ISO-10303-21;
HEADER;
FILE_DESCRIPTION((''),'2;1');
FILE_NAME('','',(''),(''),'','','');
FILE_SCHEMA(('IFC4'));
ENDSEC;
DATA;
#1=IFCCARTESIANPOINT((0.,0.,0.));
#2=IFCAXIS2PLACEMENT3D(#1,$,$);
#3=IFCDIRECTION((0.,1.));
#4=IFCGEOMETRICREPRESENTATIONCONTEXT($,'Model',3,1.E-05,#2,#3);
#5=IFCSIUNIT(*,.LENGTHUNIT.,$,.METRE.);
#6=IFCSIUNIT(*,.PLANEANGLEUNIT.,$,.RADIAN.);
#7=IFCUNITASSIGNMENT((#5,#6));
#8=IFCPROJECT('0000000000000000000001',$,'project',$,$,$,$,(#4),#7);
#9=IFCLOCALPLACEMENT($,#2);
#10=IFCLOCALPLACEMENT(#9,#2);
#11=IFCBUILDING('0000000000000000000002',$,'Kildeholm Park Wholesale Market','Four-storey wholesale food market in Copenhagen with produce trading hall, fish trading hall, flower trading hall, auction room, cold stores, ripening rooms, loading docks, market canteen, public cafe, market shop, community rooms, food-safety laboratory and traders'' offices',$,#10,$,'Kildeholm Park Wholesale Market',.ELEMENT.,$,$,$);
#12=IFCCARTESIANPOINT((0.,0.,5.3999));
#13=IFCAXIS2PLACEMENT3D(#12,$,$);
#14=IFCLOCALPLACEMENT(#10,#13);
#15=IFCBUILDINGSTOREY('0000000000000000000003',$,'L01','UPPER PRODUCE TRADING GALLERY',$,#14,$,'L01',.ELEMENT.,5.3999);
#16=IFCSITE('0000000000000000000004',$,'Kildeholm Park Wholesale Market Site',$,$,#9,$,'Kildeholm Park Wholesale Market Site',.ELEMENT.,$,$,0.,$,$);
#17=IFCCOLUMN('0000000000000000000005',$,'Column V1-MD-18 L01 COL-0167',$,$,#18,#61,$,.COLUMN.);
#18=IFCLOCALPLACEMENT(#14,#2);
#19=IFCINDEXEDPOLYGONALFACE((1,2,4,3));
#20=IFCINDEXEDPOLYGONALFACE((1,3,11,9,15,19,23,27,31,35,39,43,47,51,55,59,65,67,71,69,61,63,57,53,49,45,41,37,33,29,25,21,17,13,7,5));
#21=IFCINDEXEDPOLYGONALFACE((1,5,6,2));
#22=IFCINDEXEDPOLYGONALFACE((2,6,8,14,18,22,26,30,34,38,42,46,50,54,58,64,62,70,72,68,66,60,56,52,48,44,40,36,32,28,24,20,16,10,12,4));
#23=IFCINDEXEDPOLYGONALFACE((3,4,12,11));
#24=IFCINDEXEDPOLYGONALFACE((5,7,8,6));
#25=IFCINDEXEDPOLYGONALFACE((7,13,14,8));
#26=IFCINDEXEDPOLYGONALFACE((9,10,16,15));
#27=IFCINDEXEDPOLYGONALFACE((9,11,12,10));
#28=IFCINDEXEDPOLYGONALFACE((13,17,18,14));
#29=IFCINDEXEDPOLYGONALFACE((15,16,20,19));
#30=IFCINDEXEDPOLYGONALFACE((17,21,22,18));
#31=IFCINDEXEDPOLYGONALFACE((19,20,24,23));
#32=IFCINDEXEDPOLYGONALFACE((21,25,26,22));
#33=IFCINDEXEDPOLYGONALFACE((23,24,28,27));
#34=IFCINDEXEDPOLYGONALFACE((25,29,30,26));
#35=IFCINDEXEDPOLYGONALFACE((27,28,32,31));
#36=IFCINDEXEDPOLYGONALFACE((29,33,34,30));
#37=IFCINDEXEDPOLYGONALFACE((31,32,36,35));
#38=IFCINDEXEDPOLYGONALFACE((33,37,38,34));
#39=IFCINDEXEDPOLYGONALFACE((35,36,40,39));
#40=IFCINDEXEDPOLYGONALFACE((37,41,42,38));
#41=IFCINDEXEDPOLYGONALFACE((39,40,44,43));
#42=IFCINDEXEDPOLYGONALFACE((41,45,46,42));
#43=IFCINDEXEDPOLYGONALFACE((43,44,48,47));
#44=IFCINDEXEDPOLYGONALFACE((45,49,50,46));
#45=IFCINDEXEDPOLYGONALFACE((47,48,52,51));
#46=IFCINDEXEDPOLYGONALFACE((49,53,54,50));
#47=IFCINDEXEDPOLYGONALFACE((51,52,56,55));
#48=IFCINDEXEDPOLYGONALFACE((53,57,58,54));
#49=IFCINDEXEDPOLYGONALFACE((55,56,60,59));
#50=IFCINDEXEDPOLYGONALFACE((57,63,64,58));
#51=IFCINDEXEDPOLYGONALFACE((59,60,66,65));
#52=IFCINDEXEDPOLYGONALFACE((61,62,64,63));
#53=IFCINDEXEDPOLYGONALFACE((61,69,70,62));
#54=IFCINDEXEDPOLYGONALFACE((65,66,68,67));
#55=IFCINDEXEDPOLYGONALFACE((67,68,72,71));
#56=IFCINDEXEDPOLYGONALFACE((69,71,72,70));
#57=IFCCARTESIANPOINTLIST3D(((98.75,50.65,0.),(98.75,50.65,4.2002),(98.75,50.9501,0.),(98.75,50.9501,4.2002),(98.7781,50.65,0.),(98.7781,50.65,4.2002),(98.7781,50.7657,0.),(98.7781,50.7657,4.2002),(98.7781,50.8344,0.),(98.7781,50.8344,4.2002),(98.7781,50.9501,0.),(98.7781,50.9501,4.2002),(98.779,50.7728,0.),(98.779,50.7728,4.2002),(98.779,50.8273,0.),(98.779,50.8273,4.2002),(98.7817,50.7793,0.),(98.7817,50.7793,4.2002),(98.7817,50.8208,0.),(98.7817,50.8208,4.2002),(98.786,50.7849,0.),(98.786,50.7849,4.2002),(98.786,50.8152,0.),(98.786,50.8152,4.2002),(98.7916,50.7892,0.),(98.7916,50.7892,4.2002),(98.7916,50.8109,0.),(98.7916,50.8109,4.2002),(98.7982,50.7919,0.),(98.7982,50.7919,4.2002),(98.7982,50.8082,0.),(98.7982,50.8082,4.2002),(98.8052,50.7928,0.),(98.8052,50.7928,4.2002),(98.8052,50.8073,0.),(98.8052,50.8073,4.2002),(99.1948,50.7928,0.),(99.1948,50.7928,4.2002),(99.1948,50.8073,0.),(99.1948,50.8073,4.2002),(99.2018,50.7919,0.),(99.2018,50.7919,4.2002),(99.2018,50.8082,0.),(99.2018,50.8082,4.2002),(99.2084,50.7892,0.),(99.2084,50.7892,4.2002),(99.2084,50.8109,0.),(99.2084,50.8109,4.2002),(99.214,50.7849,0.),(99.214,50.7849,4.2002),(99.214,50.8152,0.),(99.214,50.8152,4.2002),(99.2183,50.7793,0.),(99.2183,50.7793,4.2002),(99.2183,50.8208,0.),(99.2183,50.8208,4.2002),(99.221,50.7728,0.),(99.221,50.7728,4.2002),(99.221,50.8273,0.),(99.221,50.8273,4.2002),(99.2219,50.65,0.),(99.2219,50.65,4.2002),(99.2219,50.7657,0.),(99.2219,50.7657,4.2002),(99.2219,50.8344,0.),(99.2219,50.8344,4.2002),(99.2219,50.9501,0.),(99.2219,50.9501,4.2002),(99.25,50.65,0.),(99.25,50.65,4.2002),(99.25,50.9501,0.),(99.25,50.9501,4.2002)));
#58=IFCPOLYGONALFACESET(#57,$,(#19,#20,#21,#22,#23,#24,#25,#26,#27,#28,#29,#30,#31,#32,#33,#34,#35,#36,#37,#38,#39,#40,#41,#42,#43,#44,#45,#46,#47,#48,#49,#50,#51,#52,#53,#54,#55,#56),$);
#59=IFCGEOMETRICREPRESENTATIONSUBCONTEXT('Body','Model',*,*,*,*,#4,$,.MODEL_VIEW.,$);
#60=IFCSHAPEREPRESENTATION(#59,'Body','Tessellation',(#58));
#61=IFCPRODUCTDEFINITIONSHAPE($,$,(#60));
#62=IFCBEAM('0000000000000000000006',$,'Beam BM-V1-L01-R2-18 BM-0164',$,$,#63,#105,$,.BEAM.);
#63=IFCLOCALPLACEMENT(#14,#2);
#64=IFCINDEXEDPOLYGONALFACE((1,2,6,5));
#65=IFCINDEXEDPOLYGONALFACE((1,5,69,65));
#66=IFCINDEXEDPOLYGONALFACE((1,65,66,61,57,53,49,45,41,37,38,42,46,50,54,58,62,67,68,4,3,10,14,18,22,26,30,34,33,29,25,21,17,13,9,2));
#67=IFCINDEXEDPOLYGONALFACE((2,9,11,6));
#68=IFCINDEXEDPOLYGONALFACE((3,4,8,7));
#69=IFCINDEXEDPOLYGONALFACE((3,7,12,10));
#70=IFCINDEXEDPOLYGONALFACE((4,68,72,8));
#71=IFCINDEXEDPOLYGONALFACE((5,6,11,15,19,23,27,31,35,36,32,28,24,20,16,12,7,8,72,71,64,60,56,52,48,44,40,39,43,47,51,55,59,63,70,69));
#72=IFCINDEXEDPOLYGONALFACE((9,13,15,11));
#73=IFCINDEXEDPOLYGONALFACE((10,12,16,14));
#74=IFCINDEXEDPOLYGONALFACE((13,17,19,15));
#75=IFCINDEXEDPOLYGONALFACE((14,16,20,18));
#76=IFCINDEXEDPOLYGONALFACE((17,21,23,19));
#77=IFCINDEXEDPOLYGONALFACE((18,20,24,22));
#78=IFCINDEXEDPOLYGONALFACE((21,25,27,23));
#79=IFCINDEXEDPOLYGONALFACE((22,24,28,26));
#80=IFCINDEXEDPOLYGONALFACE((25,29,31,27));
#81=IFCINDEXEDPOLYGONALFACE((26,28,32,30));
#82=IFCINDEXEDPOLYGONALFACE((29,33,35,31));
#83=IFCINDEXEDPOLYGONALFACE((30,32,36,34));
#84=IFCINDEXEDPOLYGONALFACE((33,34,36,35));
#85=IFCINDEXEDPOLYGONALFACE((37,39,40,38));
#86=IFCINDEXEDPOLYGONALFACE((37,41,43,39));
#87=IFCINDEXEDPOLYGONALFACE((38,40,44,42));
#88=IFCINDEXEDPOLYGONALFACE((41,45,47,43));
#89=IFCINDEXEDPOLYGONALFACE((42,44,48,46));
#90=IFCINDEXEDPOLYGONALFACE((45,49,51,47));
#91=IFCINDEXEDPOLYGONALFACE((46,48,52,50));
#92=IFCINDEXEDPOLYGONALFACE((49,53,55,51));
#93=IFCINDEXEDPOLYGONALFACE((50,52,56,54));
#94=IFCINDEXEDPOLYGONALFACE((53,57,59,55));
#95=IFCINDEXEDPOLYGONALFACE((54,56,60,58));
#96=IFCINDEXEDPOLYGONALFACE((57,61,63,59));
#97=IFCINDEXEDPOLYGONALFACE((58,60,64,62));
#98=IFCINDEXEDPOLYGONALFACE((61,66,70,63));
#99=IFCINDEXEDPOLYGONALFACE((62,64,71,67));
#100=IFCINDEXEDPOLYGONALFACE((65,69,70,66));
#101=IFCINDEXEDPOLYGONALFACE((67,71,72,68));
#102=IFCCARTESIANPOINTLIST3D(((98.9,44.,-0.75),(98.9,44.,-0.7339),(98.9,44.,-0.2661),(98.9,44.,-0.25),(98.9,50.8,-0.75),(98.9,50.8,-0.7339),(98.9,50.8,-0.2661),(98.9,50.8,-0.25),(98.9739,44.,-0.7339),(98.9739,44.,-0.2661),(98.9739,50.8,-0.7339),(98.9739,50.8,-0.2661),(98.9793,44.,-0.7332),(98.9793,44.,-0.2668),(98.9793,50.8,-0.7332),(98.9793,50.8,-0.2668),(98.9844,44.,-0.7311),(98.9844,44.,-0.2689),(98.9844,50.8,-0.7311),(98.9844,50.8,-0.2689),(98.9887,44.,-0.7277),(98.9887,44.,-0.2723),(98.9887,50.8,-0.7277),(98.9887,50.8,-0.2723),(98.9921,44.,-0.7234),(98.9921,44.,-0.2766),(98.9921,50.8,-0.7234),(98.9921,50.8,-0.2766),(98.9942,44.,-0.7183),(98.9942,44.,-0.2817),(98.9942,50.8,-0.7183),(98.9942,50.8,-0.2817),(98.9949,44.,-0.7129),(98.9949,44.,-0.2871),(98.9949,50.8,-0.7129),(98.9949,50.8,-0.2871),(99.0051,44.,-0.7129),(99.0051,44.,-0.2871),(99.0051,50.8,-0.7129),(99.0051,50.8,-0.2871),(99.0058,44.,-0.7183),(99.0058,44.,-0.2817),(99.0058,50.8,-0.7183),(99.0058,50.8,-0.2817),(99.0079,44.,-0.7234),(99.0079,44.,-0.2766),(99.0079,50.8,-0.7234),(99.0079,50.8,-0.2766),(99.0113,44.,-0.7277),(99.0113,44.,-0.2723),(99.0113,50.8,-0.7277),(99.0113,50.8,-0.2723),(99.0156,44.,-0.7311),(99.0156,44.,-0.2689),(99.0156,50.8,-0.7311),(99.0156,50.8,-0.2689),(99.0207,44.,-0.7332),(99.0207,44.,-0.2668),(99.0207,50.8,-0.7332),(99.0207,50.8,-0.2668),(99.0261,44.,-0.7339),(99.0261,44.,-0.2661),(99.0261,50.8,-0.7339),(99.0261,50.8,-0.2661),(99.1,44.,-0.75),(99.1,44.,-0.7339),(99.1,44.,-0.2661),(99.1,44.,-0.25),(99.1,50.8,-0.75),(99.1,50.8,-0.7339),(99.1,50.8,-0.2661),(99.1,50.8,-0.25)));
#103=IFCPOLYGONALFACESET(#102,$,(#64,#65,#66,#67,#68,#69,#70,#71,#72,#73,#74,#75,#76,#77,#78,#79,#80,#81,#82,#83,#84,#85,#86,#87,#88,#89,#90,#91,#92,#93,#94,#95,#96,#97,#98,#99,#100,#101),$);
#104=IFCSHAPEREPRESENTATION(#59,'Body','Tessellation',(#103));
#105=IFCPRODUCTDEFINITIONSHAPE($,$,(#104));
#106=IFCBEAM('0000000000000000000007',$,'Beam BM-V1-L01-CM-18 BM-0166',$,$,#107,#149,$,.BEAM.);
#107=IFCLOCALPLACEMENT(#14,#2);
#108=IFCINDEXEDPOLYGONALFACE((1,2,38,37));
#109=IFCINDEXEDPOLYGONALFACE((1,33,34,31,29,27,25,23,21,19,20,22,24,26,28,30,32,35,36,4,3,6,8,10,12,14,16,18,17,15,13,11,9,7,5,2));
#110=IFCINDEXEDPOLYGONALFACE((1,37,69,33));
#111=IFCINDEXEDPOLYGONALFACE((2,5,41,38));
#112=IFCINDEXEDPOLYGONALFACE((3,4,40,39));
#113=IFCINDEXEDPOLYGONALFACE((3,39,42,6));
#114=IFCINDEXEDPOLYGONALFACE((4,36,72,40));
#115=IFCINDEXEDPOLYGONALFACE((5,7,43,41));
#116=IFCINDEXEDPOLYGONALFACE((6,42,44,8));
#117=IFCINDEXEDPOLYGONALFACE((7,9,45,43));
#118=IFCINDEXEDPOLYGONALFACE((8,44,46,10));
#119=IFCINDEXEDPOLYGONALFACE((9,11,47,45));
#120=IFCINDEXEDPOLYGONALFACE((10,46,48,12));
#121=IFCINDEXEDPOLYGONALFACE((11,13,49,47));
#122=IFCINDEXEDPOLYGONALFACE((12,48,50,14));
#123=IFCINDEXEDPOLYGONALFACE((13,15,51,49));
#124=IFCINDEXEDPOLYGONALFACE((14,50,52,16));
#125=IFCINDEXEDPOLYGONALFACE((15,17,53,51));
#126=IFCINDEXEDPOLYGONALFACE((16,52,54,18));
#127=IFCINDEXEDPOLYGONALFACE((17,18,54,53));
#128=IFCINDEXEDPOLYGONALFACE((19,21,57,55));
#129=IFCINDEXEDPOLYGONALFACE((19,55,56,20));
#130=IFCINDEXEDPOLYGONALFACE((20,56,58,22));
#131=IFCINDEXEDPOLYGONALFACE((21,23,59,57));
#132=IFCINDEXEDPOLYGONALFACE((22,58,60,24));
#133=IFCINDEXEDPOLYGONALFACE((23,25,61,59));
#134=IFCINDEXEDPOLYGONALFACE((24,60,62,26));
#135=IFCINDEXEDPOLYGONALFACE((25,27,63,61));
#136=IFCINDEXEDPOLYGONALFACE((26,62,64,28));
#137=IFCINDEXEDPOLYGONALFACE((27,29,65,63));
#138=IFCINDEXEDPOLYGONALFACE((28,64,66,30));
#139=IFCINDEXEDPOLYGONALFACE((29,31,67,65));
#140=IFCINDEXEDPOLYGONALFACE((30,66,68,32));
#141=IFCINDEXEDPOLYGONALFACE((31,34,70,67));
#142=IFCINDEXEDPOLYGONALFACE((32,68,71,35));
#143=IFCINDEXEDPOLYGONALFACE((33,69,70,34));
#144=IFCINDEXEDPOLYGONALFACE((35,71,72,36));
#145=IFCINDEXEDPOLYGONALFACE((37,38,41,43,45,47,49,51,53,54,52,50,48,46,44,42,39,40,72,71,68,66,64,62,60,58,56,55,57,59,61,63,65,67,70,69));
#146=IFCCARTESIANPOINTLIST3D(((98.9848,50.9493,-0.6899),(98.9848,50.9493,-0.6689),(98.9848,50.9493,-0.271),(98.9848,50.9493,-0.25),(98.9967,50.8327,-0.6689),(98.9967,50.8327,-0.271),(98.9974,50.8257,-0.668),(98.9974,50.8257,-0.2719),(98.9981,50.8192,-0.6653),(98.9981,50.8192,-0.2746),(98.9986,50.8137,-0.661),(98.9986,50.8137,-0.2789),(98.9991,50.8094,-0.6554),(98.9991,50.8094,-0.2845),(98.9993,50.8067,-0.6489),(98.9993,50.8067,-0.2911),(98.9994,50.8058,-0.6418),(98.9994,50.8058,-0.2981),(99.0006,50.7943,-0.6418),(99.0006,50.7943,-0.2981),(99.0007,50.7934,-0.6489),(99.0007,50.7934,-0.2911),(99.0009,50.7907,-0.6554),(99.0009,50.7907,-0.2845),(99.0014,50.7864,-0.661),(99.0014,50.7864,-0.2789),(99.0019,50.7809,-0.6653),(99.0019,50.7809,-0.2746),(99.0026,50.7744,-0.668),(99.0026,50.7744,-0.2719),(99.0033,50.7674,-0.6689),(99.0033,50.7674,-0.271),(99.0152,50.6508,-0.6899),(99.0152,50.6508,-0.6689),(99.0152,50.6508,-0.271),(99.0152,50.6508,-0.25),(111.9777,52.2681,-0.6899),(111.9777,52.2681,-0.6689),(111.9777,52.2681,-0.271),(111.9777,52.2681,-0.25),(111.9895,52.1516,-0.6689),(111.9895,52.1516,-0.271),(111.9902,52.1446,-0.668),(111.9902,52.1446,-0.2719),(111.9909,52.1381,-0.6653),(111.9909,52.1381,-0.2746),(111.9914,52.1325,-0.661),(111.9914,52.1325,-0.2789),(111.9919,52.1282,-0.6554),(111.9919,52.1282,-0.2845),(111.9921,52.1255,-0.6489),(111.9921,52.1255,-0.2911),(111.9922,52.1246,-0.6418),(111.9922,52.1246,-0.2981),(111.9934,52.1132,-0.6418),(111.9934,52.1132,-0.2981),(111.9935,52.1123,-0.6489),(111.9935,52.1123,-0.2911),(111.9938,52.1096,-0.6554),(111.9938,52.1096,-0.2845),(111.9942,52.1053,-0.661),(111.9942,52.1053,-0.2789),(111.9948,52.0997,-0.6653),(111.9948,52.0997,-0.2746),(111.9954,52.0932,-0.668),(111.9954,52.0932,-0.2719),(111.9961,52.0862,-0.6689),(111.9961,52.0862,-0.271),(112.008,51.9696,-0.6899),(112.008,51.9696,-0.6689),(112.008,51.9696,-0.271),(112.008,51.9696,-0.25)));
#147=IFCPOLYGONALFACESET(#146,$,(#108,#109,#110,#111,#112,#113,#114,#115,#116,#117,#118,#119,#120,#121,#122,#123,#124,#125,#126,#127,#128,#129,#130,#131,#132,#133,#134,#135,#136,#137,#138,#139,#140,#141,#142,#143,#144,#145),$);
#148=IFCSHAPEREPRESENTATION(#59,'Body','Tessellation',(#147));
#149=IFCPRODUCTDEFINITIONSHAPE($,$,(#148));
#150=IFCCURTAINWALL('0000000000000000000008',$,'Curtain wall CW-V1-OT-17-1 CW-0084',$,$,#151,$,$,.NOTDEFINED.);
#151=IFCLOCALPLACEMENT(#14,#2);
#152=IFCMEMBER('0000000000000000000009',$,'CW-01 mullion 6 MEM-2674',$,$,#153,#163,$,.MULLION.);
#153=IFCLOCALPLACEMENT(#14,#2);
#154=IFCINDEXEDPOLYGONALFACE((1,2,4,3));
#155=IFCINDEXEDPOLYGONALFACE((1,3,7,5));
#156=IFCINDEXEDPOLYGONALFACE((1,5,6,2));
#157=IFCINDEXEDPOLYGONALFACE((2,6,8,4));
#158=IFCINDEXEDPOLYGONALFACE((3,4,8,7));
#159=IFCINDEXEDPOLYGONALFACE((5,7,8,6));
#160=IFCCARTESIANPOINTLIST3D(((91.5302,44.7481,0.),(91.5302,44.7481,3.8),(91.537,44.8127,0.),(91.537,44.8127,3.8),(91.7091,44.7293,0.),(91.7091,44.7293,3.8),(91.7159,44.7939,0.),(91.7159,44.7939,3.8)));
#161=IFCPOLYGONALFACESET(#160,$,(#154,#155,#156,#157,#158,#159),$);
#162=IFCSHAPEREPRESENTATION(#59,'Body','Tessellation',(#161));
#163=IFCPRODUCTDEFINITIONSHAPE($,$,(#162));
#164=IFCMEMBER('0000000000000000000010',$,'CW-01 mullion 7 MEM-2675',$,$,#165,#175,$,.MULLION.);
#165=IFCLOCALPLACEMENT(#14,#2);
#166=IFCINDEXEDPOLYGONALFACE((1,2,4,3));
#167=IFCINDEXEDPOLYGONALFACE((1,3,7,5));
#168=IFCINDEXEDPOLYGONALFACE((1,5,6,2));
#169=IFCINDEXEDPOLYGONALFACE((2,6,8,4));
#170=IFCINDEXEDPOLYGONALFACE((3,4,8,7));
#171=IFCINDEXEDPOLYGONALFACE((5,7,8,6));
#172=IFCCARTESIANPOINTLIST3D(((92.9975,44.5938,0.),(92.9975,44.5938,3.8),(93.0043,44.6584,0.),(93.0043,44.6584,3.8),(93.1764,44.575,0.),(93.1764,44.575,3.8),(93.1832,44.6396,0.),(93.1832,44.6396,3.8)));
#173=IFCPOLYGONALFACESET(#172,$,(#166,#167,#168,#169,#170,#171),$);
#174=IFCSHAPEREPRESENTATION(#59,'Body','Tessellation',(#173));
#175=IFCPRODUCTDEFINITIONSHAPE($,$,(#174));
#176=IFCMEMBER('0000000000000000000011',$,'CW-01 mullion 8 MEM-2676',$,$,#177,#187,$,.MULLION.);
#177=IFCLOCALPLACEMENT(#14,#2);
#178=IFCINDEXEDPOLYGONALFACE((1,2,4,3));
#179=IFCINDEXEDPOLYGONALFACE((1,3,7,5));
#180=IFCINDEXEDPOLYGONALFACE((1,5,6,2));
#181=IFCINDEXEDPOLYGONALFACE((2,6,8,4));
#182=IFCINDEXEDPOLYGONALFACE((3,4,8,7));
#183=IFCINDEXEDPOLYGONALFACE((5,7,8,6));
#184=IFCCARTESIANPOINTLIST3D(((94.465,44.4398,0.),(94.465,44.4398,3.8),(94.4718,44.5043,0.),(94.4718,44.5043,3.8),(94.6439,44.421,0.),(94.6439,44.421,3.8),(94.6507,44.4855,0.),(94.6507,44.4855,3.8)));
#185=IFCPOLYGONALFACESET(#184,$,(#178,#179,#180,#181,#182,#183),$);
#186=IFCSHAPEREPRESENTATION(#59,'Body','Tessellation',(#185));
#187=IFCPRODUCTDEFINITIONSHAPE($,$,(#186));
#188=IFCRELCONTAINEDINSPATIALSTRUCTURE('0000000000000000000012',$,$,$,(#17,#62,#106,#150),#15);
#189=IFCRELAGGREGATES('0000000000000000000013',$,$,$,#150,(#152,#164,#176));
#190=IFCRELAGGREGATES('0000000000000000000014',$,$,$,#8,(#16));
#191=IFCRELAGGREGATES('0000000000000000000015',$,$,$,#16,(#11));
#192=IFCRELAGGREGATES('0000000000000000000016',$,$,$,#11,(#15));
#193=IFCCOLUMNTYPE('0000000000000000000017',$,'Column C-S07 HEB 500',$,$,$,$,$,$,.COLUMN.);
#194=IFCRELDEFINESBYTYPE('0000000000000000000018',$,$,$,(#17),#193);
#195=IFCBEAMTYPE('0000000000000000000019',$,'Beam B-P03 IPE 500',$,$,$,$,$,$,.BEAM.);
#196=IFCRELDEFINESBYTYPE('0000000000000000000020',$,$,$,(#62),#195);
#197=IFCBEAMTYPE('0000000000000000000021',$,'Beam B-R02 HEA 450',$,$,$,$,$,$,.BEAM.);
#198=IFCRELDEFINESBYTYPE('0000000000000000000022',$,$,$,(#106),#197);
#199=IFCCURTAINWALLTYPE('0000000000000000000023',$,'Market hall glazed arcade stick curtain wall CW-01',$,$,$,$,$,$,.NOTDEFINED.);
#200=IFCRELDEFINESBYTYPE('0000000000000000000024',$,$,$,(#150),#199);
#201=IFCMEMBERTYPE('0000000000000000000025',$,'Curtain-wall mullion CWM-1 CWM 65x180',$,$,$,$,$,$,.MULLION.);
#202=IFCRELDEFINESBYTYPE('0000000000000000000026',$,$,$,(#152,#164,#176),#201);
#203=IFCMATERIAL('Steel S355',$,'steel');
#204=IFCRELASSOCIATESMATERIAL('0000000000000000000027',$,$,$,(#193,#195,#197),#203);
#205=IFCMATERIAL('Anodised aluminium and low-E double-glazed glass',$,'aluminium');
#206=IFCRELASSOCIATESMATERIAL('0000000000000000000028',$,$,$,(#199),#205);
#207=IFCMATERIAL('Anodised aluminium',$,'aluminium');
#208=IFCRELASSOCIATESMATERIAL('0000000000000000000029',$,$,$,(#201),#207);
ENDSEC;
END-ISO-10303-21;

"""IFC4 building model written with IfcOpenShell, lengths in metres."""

from ifc_helpers import new_model, si_unit, direction, frame, origin, origin_2d, place, context, subcontext, project, spatial, rectangle, i_section, extrude, material, material_profile, profile_set, type_object, element, aggregate, save


model = new_model("IFC4")

# Units and contexts
model_context = context("Model", 3, precision=1e-05, world=origin(), true_north=direction((0.0, 1.0)))
body_context = subcontext(model_context, "Body", "Model", "MODEL_VIEW")
ifc_project = project(units=[si_unit("LENGTHUNIT", "METRE"), si_unit("PLANEANGLEUNIT", "RADIAN")], contexts=[model_context])

# Site, building, storey
site_placement = place(None, origin())
site = spatial("IfcSite", under=ifc_project, at=site_placement, Name="Kildeholm Park Wholesale Market Site", LongName="Kildeholm Park Wholesale Market Site", CompositionType="ELEMENT", RefElevation=0.0)
building_placement = place(site_placement, origin())
building = spatial("IfcBuilding", under=site, at=building_placement, Name="Kildeholm Park Wholesale Market", Description="Four-storey wholesale food market in Copenhagen with produce trading hall, fish trading hall, flower trading hall, auction room, cold stores, ripening rooms, loading docks, market canteen, public cafe, market shop, community rooms, food-safety laboratory and traders' offices", LongName="Kildeholm Park Wholesale Market", CompositionType="ELEMENT")
storey_placement = place(building_placement, frame((0.0, 0.0, 5.3999)))
storey = spatial("IfcBuildingStorey", under=building, at=storey_placement, Name="L01", Description="UPPER PRODUCE TRADING GALLERY", LongName="L01", CompositionType="ELEMENT", Elevation=5.3999)

# Column
ifc_material_1 = material(Name="Steel S355", Category="steel")
ifc_material_profile_1 = material_profile(ifc_material_1, i_section(OverallWidth=0.3, OverallDepth=0.5, WebThickness=0.0144, FlangeThickness=0.0281, FilletRadius=0.0271, at=origin_2d()), Name="HEB 500")
ifc_profile_set_1 = profile_set([ifc_material_profile_1], Name="Steel S355")
column_type = type_object("IfcColumnType", Name="Column C-S07 HEB 500", PredefinedType="COLUMN", material=ifc_profile_set_1)
column_placement = place(storey_placement, frame((99.0, 50.8, 0.0), z_axis=(0.0, 0.0, 1.0), x_axis=(0.0, -1.0, 0.0)))
element("IfcColumn", 1, at=column_placement, inside=storey, type_object=column_type, Name="Column V1-MD-18 L01 COL-0167", PredefinedType="COLUMN", context=body_context, shape_type="SweptSolid", body=[
    extrude(i_section(OverallWidth=0.3, OverallDepth=0.5, WebThickness=0.0144, FlangeThickness=0.0281, FilletRadius=0.0271, at=origin_2d()), origin(), (0.0, 0.0, 1.0), 4.2002),
])

# Beams
ifc_material_profile_2 = material_profile(ifc_material_1, i_section(OverallWidth=0.2, OverallDepth=0.5, WebThickness=0.0103, FlangeThickness=0.0161, FilletRadius=0.021, at=origin_2d()), Name="IPE 500")
ifc_profile_set_2 = profile_set([ifc_material_profile_2], Name="Steel S355")
beam_type_1 = type_object("IfcBeamType", Name="Beam B-P03 IPE 500", PredefinedType="BEAM", material=ifc_profile_set_2)
beam_1_placement = place(storey_placement, frame((99.0, 50.8, -0.5), z_axis=(0.0, -1.0, 0.0), x_axis=(1.0, 0.0, 0.0)))
element("IfcBeam", 2, at=beam_1_placement, inside=storey, type_object=beam_type_1, Name="Beam BM-V1-L01-R2-18 BM-0164", PredefinedType="BEAM", context=body_context, shape_type="SweptSolid", body=[
    extrude(i_section(OverallWidth=0.2, OverallDepth=0.5, WebThickness=0.0103, FlangeThickness=0.0161, FilletRadius=0.021, at=origin_2d()), origin(), (0.0, 0.0, 1.0), 6.8),
])
ifc_material_profile_3 = material_profile(ifc_material_1, i_section(OverallWidth=0.3, OverallDepth=0.4399, WebThickness=0.0115, FlangeThickness=0.021, FilletRadius=0.0271, at=origin_2d()), Name="HEA 450")
ifc_profile_set_3 = profile_set([ifc_material_profile_3], Name="Steel S355")
beam_type_2 = type_object("IfcBeamType", Name="Beam B-R02 HEA 450", PredefinedType="BEAM", material=ifc_profile_set_3)
beam_2_placement = place(storey_placement, frame((99.0, 50.8, -0.47), z_axis=(0.994888, 0.100986, 0.0), x_axis=(-0.100986, 0.994888, 0.0)))
element("IfcBeam", 3, at=beam_2_placement, inside=storey, type_object=beam_type_2, Name="Beam BM-V1-L01-CM-18 BM-0166", PredefinedType="BEAM", context=body_context, shape_type="SweptSolid", body=[
    extrude(i_section(OverallWidth=0.3, OverallDepth=0.4399, WebThickness=0.0115, FlangeThickness=0.021, FilletRadius=0.0271, at=origin_2d()), origin(), (0.0, 0.0, 1.0), 13.0596),
])

# Curtain wall, members
ifc_material_2 = material(Name="Anodised aluminium and low-E double-glazed glass", Category="aluminium")
curtain_wall_type = type_object("IfcCurtainWallType", Name="Market hall glazed arcade stick curtain wall CW-01", PredefinedType="NOTDEFINED", material=ifc_material_2)
curtain_wall_1_placement = place(storey_placement, origin())
curtain_wall_1 = element("IfcCurtainWall", 4, at=curtain_wall_1_placement, inside=storey, type_object=curtain_wall_type, Name="Curtain wall CW-V1-OT-17-1 CW-0084", PredefinedType="NOTDEFINED")
ifc_material_3 = material(Name="Anodised aluminium", Category="aluminium")
ifc_material_profile_4 = material_profile(ifc_material_3, rectangle(XDim=0.0649, YDim=0.1799, at=origin_2d()), Name="CWM 65x180")
ifc_profile_set_4 = profile_set([ifc_material_profile_4], Name="Anodised aluminium")
member_type_1 = type_object("IfcMemberType", Name="Curtain-wall mullion CWM-1 CWM 65x180", PredefinedType="MULLION", material=ifc_profile_set_4)
member_1_placement = place(storey_placement, frame((91.623, 44.771, 0.0), z_axis=(0.0, 0.0, 1.0), x_axis=(0.104508, 0.994524, 0.0)))
member_1 = element("IfcMember", 5, at=member_1_placement, type_object=member_type_1, Name="CW-01 mullion 6 MEM-2674", PredefinedType="MULLION", context=body_context, shape_type="SweptSolid", body=[
    extrude(rectangle(XDim=0.0649, YDim=0.1799, at=origin_2d()), origin(), (0.0, 0.0, 1.0), 3.8),
])
member_2_placement = place(storey_placement, frame((93.0903, 44.6167, 0.0), z_axis=(0.0, 0.0, 1.0), x_axis=(0.104508, 0.994524, 0.0)))
member_2 = element("IfcMember", 6, at=member_2_placement, type_object=member_type_1, Name="CW-01 mullion 7 MEM-2675", PredefinedType="MULLION", context=body_context, shape_type="SweptSolid", body=[
    extrude(rectangle(XDim=0.0649, YDim=0.1799, at=origin_2d()), origin(), (0.0, 0.0, 1.0), 3.8),
])
member_3_placement = place(storey_placement, frame((94.5579, 44.4626, 0.0), z_axis=(0.0, 0.0, 1.0), x_axis=(0.104508, 0.994524, 0.0)))
member_3 = element("IfcMember", 7, at=member_3_placement, type_object=member_type_1, Name="CW-01 mullion 8 MEM-2676", PredefinedType="MULLION", context=body_context, shape_type="SweptSolid", body=[
    extrude(rectangle(XDim=0.0649, YDim=0.1799, at=origin_2d()), origin(), (0.0, 0.0, 1.0), 3.8),
])

aggregate(curtain_wall_1, [member_1, member_2, member_3])

save(model, "model.ifc")
